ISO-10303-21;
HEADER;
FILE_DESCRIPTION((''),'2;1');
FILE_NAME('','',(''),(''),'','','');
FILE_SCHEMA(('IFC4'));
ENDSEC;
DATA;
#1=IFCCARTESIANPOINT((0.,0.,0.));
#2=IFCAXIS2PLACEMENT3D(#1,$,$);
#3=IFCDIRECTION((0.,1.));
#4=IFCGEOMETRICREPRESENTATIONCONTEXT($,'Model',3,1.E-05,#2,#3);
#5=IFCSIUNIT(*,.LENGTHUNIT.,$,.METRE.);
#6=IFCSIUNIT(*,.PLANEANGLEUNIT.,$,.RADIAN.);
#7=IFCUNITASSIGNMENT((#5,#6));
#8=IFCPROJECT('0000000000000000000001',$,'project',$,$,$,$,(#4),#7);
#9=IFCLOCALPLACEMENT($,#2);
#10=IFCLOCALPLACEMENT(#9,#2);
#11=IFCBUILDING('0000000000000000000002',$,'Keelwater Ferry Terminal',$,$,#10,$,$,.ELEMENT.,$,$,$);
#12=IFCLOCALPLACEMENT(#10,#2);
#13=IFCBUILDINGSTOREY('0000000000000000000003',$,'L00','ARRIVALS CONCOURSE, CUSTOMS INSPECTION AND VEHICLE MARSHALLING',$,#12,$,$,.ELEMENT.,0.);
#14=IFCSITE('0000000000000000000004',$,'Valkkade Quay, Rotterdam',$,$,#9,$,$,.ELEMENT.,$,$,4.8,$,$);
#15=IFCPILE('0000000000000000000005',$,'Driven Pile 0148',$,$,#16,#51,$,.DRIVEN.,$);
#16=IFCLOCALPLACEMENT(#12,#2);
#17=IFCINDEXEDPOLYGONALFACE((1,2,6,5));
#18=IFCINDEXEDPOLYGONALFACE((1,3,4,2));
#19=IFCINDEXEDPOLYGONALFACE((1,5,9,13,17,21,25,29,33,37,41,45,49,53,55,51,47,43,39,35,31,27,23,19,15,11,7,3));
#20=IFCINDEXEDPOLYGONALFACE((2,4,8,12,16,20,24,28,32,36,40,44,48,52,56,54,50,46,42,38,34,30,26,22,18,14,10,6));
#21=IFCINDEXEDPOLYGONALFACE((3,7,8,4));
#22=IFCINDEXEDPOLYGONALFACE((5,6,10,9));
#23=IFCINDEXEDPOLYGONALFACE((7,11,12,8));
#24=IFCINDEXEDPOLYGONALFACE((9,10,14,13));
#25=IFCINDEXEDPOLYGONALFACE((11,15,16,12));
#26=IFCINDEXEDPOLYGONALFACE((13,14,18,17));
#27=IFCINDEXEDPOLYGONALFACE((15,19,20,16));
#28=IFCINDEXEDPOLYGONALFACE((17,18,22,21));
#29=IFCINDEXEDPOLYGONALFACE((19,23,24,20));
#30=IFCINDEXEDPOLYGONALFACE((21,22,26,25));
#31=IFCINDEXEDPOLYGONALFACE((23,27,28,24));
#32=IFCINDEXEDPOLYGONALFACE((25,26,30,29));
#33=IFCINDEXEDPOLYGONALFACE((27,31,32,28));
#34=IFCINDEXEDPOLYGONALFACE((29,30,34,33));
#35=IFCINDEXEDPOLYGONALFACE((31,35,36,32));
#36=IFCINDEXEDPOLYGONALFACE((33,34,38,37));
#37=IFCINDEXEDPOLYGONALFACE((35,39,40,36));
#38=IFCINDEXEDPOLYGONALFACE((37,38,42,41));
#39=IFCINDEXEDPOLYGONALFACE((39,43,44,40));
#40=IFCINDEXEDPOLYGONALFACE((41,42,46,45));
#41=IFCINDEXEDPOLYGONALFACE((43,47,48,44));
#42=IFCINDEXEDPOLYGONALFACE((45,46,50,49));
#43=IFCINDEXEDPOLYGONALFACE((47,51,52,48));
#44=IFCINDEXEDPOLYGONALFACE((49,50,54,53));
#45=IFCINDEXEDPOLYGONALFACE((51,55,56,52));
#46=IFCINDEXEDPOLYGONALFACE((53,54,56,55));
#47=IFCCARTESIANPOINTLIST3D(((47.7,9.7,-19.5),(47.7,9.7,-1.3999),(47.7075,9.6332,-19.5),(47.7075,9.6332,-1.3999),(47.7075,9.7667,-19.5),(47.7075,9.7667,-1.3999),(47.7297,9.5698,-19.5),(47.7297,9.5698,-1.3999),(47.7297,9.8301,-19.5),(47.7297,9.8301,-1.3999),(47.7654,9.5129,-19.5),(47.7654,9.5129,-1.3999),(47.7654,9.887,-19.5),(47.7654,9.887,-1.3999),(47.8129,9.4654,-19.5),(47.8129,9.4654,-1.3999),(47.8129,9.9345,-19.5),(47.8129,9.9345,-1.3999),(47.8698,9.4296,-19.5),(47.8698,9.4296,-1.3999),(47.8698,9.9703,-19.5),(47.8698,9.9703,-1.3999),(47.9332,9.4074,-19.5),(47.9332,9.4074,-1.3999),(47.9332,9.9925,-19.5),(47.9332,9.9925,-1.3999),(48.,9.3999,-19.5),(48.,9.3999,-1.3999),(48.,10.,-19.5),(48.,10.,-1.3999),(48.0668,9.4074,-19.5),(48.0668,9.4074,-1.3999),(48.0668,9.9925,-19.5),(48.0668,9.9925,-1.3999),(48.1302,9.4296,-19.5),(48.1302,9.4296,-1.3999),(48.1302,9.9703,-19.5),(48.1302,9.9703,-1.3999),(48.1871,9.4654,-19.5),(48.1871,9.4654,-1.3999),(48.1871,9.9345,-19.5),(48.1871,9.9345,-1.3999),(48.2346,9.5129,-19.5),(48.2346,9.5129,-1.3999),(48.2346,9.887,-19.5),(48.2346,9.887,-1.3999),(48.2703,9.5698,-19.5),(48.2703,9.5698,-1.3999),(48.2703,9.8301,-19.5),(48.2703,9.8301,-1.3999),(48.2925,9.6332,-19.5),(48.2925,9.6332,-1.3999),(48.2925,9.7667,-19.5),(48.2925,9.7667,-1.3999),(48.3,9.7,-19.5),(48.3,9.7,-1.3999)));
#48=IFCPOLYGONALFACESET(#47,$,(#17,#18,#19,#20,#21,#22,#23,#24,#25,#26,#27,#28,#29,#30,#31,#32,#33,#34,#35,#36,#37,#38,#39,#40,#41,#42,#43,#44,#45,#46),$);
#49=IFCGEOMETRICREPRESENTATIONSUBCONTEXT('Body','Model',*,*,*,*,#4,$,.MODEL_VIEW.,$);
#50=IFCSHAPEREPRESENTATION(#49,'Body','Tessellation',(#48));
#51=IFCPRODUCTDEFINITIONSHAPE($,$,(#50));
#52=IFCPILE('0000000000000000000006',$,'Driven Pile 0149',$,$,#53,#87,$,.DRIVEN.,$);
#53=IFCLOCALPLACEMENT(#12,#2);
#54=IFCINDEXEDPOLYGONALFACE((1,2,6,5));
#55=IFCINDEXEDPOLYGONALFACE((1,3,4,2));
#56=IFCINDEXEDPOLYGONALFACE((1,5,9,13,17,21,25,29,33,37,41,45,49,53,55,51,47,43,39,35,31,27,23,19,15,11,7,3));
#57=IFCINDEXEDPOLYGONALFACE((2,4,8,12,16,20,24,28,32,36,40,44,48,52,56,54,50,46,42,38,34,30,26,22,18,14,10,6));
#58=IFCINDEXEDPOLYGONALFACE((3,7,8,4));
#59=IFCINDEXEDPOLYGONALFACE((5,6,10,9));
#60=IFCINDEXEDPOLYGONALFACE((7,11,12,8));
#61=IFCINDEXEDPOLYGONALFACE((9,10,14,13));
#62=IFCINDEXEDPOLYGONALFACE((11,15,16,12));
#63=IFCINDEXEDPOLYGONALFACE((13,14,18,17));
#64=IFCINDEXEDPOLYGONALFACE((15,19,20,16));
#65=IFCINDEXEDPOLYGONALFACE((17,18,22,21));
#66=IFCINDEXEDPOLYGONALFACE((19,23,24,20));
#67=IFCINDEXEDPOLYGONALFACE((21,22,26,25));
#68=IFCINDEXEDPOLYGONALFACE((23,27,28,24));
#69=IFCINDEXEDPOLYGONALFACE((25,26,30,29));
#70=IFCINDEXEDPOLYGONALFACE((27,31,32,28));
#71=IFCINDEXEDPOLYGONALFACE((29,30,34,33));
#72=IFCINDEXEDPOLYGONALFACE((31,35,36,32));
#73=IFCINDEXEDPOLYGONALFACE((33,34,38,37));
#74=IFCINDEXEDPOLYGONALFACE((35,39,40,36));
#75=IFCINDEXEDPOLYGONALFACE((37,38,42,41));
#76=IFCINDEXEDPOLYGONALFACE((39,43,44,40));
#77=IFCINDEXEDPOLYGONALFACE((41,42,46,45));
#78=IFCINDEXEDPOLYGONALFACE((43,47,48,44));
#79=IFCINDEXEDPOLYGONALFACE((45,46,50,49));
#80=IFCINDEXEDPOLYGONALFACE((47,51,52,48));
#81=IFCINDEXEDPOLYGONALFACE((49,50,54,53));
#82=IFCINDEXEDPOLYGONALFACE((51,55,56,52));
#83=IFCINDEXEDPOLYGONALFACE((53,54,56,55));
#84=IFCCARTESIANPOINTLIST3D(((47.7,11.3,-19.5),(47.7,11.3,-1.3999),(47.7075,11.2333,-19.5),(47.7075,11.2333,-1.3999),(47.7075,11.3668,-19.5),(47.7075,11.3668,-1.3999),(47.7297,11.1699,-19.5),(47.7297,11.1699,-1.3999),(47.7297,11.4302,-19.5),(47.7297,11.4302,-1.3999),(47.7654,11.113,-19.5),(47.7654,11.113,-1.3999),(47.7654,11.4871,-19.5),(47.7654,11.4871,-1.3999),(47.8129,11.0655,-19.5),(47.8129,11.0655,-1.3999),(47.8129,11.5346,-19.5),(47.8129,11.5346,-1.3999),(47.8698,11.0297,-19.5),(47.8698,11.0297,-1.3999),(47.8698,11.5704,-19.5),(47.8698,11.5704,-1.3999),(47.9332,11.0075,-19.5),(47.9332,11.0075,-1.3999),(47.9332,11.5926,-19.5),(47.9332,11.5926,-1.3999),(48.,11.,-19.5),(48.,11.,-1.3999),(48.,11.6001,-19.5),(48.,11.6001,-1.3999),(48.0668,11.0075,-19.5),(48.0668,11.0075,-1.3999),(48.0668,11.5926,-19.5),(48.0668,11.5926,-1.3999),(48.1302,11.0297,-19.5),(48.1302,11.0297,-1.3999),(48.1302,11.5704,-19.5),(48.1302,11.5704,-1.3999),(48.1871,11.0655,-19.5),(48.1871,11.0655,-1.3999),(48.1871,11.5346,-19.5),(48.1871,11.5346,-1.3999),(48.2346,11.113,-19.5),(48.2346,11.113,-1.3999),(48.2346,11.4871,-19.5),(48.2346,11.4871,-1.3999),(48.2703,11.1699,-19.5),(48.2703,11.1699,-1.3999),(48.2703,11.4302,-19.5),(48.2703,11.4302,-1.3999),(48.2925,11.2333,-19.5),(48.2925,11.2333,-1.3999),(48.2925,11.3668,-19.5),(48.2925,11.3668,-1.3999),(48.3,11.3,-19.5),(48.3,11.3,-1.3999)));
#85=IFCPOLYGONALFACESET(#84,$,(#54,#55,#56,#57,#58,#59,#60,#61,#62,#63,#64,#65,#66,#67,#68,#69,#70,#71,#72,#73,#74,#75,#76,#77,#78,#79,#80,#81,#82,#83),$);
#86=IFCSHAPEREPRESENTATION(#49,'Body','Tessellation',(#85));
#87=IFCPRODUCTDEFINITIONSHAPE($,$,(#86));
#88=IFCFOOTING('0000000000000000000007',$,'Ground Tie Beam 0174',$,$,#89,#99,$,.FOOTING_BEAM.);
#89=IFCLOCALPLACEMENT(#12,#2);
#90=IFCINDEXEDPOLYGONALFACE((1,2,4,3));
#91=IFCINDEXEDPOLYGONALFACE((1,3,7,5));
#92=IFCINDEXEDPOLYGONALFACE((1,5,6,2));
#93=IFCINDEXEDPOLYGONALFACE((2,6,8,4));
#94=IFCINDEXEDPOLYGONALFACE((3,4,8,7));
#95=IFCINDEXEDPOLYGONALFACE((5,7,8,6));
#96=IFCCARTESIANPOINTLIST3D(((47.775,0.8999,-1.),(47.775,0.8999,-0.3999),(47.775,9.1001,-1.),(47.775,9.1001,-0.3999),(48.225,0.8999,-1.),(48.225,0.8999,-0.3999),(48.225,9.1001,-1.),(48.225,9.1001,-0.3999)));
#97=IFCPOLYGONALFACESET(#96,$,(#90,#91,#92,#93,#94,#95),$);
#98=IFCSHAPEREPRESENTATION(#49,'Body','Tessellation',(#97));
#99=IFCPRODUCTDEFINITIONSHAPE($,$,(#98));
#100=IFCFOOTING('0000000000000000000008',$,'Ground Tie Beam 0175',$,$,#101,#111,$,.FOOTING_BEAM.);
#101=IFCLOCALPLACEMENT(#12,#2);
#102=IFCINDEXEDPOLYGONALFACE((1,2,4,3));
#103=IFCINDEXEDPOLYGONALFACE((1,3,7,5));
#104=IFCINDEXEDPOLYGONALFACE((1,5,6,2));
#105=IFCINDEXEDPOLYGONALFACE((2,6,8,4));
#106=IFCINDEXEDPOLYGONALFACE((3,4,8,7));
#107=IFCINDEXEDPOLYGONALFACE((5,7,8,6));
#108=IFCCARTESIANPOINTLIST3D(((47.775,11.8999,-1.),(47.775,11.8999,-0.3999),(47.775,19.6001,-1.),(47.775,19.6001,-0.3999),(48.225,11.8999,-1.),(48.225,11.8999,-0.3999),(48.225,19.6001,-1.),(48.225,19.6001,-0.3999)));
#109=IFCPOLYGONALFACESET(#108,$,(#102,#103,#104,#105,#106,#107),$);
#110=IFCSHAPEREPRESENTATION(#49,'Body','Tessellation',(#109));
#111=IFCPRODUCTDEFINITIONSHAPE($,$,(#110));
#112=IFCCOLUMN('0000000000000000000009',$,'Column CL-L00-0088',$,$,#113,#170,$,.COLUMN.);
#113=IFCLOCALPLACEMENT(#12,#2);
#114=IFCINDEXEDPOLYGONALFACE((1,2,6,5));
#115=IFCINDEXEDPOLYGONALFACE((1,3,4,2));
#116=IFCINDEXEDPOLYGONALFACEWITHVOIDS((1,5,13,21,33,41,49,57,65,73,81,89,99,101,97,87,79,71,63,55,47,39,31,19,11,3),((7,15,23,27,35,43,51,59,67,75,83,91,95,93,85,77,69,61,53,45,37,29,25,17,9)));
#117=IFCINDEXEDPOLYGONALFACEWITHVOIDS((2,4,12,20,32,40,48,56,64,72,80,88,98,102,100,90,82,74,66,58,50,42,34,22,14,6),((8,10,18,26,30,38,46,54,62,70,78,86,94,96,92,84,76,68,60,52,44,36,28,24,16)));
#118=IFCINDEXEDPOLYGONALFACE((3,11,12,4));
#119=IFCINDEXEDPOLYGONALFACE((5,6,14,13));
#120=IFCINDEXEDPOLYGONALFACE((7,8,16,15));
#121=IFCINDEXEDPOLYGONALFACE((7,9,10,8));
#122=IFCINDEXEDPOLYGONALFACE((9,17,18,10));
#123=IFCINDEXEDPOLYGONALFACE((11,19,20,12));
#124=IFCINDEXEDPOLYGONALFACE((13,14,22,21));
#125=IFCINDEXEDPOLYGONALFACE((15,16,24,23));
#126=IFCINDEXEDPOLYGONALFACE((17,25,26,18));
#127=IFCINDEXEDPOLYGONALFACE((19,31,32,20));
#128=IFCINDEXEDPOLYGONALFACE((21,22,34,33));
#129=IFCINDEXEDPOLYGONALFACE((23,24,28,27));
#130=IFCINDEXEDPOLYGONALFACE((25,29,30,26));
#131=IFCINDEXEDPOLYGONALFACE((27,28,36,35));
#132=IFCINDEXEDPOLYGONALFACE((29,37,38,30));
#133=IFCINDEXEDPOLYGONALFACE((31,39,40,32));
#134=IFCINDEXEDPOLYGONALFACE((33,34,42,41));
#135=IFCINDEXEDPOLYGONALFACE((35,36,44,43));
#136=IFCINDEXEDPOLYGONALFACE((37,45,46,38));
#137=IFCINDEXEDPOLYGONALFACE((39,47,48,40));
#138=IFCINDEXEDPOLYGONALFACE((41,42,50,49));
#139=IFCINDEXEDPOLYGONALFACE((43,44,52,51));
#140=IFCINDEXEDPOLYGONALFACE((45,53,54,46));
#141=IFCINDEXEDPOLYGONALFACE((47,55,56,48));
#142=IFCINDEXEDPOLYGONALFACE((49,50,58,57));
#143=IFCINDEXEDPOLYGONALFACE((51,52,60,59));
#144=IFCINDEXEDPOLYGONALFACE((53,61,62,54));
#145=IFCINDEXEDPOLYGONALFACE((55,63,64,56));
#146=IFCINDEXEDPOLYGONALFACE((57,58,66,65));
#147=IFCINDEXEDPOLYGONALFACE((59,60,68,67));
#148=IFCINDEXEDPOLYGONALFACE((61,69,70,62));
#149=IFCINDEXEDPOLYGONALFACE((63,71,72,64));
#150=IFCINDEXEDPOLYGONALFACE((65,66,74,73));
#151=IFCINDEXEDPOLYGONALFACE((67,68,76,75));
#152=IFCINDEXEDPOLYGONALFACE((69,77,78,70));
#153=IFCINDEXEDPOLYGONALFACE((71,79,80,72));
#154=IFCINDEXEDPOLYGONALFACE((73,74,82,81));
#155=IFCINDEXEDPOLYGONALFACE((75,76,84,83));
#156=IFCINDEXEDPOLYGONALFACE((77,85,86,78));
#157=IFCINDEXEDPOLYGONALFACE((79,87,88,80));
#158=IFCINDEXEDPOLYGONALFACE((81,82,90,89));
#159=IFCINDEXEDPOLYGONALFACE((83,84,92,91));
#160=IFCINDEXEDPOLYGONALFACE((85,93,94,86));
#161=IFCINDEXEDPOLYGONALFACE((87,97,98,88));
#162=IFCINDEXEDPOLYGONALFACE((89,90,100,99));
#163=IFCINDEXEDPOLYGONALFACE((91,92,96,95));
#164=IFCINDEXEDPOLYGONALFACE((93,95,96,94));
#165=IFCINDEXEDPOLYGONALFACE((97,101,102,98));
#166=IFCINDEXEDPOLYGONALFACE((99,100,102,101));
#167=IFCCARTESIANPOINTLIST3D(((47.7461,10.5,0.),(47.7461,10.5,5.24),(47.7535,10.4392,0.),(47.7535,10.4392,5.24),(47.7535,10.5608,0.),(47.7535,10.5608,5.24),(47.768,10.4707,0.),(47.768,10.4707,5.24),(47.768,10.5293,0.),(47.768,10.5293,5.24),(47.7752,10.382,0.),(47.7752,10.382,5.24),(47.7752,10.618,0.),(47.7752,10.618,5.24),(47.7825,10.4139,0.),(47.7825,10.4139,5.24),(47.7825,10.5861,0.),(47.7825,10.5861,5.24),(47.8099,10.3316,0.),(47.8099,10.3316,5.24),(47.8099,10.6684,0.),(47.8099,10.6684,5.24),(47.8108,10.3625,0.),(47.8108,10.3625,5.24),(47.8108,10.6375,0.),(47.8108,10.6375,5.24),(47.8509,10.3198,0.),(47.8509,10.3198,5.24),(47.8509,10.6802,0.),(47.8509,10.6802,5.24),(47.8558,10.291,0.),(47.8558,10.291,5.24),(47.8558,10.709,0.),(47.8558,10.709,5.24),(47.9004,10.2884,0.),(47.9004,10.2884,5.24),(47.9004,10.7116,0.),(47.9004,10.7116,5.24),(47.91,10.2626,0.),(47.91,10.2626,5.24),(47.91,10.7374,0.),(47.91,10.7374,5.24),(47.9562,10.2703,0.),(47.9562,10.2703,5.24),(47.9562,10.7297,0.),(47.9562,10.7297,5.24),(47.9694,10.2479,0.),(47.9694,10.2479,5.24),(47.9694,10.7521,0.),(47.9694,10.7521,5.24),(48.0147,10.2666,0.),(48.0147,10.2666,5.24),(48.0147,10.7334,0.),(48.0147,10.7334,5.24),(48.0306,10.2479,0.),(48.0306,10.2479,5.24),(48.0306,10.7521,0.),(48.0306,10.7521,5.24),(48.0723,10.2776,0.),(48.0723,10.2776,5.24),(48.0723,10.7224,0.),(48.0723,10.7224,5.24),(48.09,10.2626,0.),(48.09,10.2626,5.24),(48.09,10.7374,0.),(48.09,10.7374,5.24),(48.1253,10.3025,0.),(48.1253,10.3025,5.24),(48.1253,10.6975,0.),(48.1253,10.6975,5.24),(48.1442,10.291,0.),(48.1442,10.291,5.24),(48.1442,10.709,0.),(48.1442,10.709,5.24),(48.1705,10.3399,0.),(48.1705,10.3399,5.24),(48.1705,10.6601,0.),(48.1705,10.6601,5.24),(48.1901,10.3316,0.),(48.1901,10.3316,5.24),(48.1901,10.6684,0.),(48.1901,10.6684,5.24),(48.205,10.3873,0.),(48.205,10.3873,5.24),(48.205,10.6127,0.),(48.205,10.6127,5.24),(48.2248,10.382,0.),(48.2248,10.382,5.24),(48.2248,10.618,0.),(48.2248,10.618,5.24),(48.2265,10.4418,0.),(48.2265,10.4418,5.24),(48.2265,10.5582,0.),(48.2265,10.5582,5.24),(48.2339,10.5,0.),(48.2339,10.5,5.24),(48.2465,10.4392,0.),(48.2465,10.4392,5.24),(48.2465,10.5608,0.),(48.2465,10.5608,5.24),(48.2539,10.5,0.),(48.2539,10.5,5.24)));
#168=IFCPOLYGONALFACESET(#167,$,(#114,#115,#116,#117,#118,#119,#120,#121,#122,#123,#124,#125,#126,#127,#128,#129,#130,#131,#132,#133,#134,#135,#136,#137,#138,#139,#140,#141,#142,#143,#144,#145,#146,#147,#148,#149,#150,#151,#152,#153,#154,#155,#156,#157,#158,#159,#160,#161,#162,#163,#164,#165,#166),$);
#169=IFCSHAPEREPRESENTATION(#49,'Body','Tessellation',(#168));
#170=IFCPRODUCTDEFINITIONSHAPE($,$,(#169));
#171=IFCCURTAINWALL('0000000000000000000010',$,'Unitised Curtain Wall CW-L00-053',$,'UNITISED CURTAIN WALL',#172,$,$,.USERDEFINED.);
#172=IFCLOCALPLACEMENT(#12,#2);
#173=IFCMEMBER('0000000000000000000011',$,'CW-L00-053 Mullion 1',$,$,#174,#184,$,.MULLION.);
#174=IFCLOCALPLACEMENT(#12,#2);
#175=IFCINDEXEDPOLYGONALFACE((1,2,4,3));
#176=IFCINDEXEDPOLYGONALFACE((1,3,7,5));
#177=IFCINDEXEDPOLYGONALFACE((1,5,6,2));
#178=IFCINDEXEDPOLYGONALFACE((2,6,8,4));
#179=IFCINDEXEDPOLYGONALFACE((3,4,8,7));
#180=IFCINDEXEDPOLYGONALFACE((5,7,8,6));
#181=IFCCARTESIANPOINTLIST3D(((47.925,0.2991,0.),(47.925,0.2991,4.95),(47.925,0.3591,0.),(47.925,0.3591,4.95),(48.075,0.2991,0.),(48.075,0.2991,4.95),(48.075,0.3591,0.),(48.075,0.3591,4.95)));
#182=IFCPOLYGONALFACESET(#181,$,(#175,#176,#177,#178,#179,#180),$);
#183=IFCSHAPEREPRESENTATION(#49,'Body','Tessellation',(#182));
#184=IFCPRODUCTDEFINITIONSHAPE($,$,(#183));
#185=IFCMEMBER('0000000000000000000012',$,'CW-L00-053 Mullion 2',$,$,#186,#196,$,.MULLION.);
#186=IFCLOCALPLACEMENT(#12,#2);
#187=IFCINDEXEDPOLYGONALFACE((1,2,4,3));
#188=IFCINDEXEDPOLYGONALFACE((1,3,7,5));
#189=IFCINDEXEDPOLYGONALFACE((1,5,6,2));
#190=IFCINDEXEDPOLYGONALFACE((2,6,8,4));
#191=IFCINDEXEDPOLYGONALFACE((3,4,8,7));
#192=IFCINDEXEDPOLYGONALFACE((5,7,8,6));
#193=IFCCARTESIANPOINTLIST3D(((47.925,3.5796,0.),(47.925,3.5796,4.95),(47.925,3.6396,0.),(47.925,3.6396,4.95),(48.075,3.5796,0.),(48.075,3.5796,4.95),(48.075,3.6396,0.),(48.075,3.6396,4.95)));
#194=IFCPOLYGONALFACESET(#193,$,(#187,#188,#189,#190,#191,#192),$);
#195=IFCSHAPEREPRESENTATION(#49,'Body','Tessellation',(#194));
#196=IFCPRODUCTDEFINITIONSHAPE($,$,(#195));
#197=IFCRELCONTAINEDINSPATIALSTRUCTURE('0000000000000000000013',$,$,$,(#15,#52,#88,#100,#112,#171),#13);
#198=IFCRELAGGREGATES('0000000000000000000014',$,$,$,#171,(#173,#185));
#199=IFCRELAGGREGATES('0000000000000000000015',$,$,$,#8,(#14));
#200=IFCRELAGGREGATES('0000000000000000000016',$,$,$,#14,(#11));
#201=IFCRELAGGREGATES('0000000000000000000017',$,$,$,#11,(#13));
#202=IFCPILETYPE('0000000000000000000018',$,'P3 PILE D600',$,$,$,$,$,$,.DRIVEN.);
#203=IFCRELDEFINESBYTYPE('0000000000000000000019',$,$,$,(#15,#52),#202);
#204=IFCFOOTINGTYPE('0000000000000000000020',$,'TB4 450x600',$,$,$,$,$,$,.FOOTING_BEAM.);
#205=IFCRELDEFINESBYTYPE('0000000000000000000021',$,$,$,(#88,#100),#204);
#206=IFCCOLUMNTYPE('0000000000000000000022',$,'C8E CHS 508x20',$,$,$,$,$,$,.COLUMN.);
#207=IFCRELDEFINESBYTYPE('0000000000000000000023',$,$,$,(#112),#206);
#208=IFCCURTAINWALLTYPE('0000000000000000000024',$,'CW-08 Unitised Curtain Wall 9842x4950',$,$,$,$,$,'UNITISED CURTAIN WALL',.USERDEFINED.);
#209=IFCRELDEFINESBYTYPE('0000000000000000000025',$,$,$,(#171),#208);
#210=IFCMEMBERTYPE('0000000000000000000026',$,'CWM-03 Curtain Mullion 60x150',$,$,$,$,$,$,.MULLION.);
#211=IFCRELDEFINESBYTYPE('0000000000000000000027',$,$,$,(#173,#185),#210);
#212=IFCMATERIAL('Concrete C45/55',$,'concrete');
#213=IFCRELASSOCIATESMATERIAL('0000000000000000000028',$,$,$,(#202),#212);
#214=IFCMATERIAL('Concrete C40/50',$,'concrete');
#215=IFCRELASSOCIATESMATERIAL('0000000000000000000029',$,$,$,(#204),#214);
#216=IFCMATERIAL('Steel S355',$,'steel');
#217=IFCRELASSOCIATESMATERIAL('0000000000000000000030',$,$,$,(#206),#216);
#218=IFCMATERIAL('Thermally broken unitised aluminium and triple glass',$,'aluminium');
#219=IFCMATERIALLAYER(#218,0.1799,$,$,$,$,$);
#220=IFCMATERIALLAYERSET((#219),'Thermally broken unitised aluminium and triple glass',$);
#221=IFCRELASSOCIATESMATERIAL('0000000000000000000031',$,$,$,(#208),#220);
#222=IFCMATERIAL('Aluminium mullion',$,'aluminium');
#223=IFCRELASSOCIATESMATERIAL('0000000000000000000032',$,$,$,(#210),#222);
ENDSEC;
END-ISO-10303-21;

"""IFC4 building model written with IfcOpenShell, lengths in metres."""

from ifc_helpers import new_model, si_unit, direction, frame, origin, origin_2d, place, context, subcontext, project, spatial, rectangle, circle, hollow_circle, extrude, material, layer, layer_set, material_profile, profile_set, type_object, element, aggregate, save


model = new_model("IFC4")

# Units and contexts
model_context = context("Model", 3, precision=1e-05, world=origin(), true_north=direction((0.0, 1.0)))
body_context = subcontext(model_context, "Body", "Model", "MODEL_VIEW")
ifc_project = project(units=[si_unit("LENGTHUNIT", "METRE"), si_unit("PLANEANGLEUNIT", "RADIAN")], contexts=[model_context])

# Site, building, storey
site_placement = place(None, origin())
site = spatial("IfcSite", under=ifc_project, at=site_placement, Name="Valkkade Quay, Rotterdam", CompositionType="ELEMENT", RefElevation=4.8)
building_placement = place(site_placement, origin())
building = spatial("IfcBuilding", under=site, at=building_placement, Name="Keelwater Ferry Terminal", CompositionType="ELEMENT")
storey_placement = place(building_placement, origin())
storey = spatial("IfcBuildingStorey", under=building, at=storey_placement, Name="L00", Description="ARRIVALS CONCOURSE, CUSTOMS INSPECTION AND VEHICLE MARSHALLING", CompositionType="ELEMENT", Elevation=0.0)

# Piles
ifc_material_1 = material(Name="Concrete C45/55", Category="concrete")
ifc_material_profile_1 = material_profile(ifc_material_1, circle(Radius=0.3, at=origin_2d()), Name="PILE D600")
ifc_profile_set_1 = profile_set([ifc_material_profile_1], Name="Concrete C45/55")
pile_type = type_object("IfcPileType", Name="P3 PILE D600", PredefinedType="DRIVEN", material=ifc_profile_set_1)
for number, where, z_axis, x_axis, name in (
    (1, (48.0, 9.7, -1.3999), (0.0, 0.0, -1.0), (1.0, 0.0, 0.0), "Driven Pile 0148"),
    (2, (48.0, 11.3, -1.3999), (0.0, 0.0, -1.0), (1.0, 0.0, 0.0), "Driven Pile 0149"),
):
    element("IfcPile", number, at=place(storey_placement, frame(where, z_axis=z_axis, x_axis=x_axis)), inside=storey, type_object=pile_type, Name=name, PredefinedType="DRIVEN", context=body_context, shape_type="SweptSolid", body=[
        extrude(circle(Radius=0.3, at=origin_2d()), origin(), (0.0, 0.0, 1.0), 18.1001),
    ])

# Footings
ifc_material_2 = material(Name="Concrete C40/50", Category="concrete")
ifc_material_profile_2 = material_profile(ifc_material_2, rectangle(XDim=0.45, YDim=0.6001, at=origin_2d()), Name="TB 450x600")
ifc_profile_set_2 = profile_set([ifc_material_profile_2], Name="Concrete C40/50")
footing_type = type_object("IfcFootingType", Name="TB4 450x600", PredefinedType="FOOTING_BEAM", material=ifc_profile_set_2)
footing_1_placement = place(storey_placement, frame((48.0, 0.8999, -0.7), z_axis=(0.0, 1.0, 0.0), x_axis=(-1.0, 0.0, 0.0)))
element("IfcFooting", 3, at=footing_1_placement, inside=storey, type_object=footing_type, Name="Ground Tie Beam 0174", PredefinedType="FOOTING_BEAM", context=body_context, shape_type="SweptSolid", body=[
    extrude(rectangle(XDim=0.45, YDim=0.6001, at=origin_2d()), origin(), (0.0, 0.0, 1.0), 8.2002),
])
footing_2_placement = place(storey_placement, frame((48.0, 11.8999, -0.7), z_axis=(0.0, 1.0, 0.0), x_axis=(-1.0, 0.0, 0.0)))
element("IfcFooting", 4, at=footing_2_placement, inside=storey, type_object=footing_type, Name="Ground Tie Beam 0175", PredefinedType="FOOTING_BEAM", context=body_context, shape_type="SweptSolid", body=[
    extrude(rectangle(XDim=0.45, YDim=0.6001, at=origin_2d()), origin(), (0.0, 0.0, 1.0), 7.7002),
])

# Column
ifc_material_3 = material(Name="Steel S355", Category="steel")
ifc_material_profile_3 = material_profile(ifc_material_3, hollow_circle(Radius=0.2539, WallThickness=0.02, at=origin_2d()), Name="CHS 508x20")
ifc_profile_set_3 = profile_set([ifc_material_profile_3], Name="Steel S355")
column_type = type_object("IfcColumnType", Name="C8E CHS 508x20", PredefinedType="COLUMN", material=ifc_profile_set_3)
column_placement = place(storey_placement, frame((48.0, 10.5, 0.0), z_axis=(0.0, 0.0, 1.0), x_axis=(1.0, 0.0, 0.0)))
element("IfcColumn", 5, at=column_placement, inside=storey, type_object=column_type, Name="Column CL-L00-0088", PredefinedType="COLUMN", context=body_context, shape_type="SweptSolid", body=[
    extrude(hollow_circle(Radius=0.2539, WallThickness=0.02, at=origin_2d()), origin(), (0.0, 0.0, 1.0), 5.24),
])

# Curtain wall, members
ifc_material_4 = material(Name="Thermally broken unitised aluminium and triple glass", Category="aluminium")
ifc_layer_1 = layer(ifc_material_4, 0.1799)
ifc_layer_set_1 = layer_set([ifc_layer_1], Name="Thermally broken unitised aluminium and triple glass")
curtain_wall_type = type_object("IfcCurtainWallType", Name="CW-08 Unitised Curtain Wall 9842x4950", ElementType="UNITISED CURTAIN WALL", PredefinedType="USERDEFINED", material=ifc_layer_set_1)
curtain_wall_placement = place(storey_placement, origin())
curtain_wall = element("IfcCurtainWall", 6, at=curtain_wall_placement, inside=storey, type_object=curtain_wall_type, Name="Unitised Curtain Wall CW-L00-053", ObjectType="UNITISED CURTAIN WALL", PredefinedType="USERDEFINED")
ifc_material_5 = material(Name="Aluminium mullion", Category="aluminium")
ifc_material_profile_4 = material_profile(ifc_material_5, rectangle(XDim=0.0601, YDim=0.1499, at=origin_2d()), Name="CWM-03")
ifc_profile_set_4 = profile_set([ifc_material_profile_4], Name="Aluminium mullion")
member_type_1 = type_object("IfcMemberType", Name="CWM-03 Curtain Mullion 60x150", PredefinedType="MULLION", material=ifc_profile_set_4)
member_1_placement = place(storey_placement, frame((48.0, 0.3291, 0.0), z_axis=(0.0, 0.0, 1.0), x_axis=(0.0, 1.0, 0.0)))
member_1 = element("IfcMember", 7, at=member_1_placement, type_object=member_type_1, Name="CW-L00-053 Mullion 1", PredefinedType="MULLION", context=body_context, shape_type="SweptSolid", body=[
    extrude(rectangle(XDim=0.0601, YDim=0.1499, at=origin_2d()), origin(), (0.0, 0.0, 1.0), 4.95),
])
member_2_placement = place(storey_placement, frame((48.0, 3.6096, 0.0), z_axis=(0.0, 0.0, 1.0), x_axis=(0.0, 1.0, 0.0)))
member_2 = element("IfcMember", 8, at=member_2_placement, type_object=member_type_1, Name="CW-L00-053 Mullion 2", PredefinedType="MULLION", context=body_context, shape_type="SweptSolid", body=[
    extrude(rectangle(XDim=0.0601, YDim=0.1499, at=origin_2d()), origin(), (0.0, 0.0, 1.0), 4.95),
])

aggregate(curtain_wall, [member_1, member_2])

save(model, "model.ifc")
